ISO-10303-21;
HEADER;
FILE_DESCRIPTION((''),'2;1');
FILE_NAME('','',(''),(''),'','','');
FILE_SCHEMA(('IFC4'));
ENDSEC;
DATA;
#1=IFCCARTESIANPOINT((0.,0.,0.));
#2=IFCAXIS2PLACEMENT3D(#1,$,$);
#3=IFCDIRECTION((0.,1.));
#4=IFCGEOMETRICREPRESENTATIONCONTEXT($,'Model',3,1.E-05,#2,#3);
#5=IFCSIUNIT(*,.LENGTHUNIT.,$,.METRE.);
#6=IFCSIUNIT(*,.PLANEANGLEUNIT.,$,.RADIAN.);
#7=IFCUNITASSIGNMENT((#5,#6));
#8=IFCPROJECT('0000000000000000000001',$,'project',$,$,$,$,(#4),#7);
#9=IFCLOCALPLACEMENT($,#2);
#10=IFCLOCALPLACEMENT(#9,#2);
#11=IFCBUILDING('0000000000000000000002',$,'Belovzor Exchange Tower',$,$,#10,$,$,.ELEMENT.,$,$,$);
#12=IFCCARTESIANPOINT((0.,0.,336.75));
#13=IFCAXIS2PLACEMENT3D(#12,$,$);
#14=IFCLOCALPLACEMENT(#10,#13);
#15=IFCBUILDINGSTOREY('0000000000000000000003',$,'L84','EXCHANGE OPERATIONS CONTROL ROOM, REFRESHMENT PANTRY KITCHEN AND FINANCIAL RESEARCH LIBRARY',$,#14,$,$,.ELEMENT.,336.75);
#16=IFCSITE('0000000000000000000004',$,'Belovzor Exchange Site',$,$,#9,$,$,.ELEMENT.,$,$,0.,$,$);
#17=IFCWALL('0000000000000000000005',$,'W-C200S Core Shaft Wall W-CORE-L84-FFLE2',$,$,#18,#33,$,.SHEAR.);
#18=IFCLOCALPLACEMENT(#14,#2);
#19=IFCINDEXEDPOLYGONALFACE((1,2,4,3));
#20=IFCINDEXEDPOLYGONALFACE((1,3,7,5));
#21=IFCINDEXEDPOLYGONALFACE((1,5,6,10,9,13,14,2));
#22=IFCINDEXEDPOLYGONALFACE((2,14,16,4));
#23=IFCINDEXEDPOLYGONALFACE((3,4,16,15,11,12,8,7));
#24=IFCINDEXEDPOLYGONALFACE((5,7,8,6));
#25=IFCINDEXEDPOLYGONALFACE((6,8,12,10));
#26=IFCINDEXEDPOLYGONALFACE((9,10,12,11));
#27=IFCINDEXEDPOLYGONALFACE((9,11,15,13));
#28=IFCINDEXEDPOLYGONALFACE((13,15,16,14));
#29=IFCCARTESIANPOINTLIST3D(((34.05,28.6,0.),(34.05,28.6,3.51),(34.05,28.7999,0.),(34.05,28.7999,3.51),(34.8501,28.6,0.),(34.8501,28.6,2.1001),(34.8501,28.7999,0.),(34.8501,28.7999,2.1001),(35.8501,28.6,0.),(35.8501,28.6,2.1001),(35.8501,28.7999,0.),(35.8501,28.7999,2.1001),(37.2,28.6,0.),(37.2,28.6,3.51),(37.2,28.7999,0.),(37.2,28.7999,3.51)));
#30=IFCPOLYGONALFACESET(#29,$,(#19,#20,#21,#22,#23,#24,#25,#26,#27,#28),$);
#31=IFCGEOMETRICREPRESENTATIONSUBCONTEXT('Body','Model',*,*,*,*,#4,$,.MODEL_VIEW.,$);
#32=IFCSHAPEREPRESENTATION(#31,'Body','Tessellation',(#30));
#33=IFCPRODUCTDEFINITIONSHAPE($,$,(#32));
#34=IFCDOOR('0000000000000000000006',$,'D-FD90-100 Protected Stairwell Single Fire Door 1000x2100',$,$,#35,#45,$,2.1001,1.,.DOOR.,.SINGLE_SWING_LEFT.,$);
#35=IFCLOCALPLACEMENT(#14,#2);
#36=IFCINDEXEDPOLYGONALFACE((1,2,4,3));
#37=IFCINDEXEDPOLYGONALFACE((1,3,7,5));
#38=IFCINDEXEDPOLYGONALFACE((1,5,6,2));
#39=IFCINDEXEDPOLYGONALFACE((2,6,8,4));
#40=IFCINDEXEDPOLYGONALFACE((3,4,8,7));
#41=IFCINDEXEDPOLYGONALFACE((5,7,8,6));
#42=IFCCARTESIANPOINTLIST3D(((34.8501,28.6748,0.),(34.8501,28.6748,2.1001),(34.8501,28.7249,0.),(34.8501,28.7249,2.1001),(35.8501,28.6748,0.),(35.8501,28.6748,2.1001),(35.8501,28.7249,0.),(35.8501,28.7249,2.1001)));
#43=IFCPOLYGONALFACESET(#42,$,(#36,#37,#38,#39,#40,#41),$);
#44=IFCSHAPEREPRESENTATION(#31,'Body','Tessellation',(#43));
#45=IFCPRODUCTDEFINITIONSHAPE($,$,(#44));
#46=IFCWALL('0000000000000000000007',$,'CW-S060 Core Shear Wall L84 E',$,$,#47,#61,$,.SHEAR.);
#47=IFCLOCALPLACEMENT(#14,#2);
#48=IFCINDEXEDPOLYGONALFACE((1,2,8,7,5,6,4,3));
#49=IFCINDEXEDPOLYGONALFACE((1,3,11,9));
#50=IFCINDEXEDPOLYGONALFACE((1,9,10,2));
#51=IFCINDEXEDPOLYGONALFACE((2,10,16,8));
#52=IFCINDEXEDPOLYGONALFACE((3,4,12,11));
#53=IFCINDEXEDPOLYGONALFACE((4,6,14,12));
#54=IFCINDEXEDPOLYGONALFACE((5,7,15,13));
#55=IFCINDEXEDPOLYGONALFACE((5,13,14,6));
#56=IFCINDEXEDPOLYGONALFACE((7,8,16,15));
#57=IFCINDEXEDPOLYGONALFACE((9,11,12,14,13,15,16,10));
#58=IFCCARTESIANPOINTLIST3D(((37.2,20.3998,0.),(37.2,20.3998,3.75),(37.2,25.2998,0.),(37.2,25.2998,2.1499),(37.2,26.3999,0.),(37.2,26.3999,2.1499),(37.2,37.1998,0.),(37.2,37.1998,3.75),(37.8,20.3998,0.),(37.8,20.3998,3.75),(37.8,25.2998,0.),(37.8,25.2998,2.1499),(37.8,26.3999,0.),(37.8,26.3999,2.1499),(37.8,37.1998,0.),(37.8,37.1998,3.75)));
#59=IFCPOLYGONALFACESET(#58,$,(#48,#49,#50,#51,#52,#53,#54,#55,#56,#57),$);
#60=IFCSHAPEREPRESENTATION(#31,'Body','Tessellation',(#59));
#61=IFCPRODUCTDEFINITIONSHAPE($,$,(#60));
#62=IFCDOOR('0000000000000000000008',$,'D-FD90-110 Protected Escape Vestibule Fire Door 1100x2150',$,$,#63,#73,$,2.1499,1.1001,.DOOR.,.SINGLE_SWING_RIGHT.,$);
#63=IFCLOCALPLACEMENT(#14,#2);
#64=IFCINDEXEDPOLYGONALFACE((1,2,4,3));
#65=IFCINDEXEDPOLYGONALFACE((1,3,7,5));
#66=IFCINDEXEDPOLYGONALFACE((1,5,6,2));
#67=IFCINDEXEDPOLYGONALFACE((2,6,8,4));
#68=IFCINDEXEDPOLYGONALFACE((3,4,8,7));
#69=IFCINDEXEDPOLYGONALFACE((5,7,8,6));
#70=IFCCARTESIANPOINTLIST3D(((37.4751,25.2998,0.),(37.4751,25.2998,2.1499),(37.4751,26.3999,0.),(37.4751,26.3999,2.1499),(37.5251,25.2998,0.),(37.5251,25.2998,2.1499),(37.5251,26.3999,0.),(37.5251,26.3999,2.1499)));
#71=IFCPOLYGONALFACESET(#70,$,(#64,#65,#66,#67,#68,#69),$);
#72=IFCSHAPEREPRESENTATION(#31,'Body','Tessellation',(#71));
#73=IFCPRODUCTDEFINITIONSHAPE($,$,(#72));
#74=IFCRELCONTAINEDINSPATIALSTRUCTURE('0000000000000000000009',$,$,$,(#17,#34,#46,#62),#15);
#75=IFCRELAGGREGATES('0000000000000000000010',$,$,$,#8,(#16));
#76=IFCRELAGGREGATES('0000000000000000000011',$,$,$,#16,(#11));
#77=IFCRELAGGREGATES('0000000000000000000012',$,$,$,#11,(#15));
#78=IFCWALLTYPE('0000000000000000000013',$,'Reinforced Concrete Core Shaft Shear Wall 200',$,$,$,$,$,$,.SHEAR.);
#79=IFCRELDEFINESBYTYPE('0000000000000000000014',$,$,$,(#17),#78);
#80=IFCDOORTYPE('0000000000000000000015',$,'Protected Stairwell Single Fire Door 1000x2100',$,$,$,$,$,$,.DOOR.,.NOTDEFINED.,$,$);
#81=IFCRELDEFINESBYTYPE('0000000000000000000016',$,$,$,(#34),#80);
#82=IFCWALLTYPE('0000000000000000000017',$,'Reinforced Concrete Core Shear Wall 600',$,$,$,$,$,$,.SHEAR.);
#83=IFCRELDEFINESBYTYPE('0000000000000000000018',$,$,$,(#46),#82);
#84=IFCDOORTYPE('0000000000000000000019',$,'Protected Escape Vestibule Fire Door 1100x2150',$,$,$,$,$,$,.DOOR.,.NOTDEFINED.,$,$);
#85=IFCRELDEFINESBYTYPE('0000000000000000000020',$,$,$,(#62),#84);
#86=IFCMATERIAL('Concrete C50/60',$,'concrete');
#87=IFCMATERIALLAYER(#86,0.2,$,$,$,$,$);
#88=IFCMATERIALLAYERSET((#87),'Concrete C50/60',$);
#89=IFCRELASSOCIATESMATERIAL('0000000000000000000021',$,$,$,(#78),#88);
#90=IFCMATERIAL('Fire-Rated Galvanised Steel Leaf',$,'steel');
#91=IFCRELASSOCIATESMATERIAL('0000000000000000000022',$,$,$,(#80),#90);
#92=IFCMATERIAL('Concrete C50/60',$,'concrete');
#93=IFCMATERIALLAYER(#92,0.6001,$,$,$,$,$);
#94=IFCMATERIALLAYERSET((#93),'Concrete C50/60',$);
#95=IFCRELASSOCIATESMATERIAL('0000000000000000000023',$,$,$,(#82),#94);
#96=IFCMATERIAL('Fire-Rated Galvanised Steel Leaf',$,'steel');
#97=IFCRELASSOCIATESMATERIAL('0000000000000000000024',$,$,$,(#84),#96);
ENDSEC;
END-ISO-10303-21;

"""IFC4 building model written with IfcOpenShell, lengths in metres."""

from ifc_helpers import new_model, si_unit, direction, frame, frame_2d, origin, place, context, subcontext, project, spatial, rectangle, extrude, material, layer, layer_set, type_object, element, fill, save


model = new_model("IFC4")

# Units and contexts
model_context = context("Model", 3, precision=1e-05, world=origin(), true_north=direction((0.0, 1.0)))
body_context = subcontext(model_context, "Body", "Model", "MODEL_VIEW")
ifc_project = project(units=[si_unit("LENGTHUNIT", "METRE"), si_unit("PLANEANGLEUNIT", "RADIAN")], contexts=[model_context])

# Site, building, storey
site_placement = place(None, origin())
site = spatial("IfcSite", under=ifc_project, at=site_placement, Name="Belovzor Exchange Site", CompositionType="ELEMENT", RefElevation=0.0)
building_placement = place(site_placement, origin())
building = spatial("IfcBuilding", under=site, at=building_placement, Name="Belovzor Exchange Tower", CompositionType="ELEMENT")
storey_placement = place(building_placement, frame((0.0, 0.0, 336.75)))
storey = spatial("IfcBuildingStorey", under=building, at=storey_placement, Name="L84", Description="EXCHANGE OPERATIONS CONTROL ROOM, REFRESHMENT PANTRY KITCHEN AND FINANCIAL RESEARCH LIBRARY", CompositionType="ELEMENT", Elevation=336.75)

# Walls, openings, doors
ifc_material_1 = material(Name="Concrete C50/60", Category="concrete")
ifc_layer_1 = layer(ifc_material_1, 0.2)
ifc_layer_set_1 = layer_set([ifc_layer_1], Name="Concrete C50/60")
wall_type_1 = type_object("IfcWallType", Name="Reinforced Concrete Core Shaft Shear Wall 200", PredefinedType="SHEAR", material=ifc_layer_set_1)
wall_1_placement = place(storey_placement, frame((34.05, 28.7, 0.0), z_axis=(0.0, 0.0, 1.0), x_axis=(1.0, 0.0, 0.0)))
wall_1 = element("IfcWall", 1, at=wall_1_placement, inside=storey, type_object=wall_type_1, Name="W-C200S Core Shaft Wall W-CORE-L84-FFLE2", PredefinedType="SHEAR", context=body_context, shape_type="SweptSolid", body=[
    extrude(rectangle(XDim=3.1499, YDim=0.2, at=frame_2d((1.575, 0.0))), origin(), (0.0, 0.0, 1.0), 3.51),
])
opening_1_placement = place(wall_1_placement, frame((0.8, 0.0, 0.0)))
opening_1 = element("IfcOpeningElement", 2, at=opening_1_placement, cuts=wall_1, PredefinedType="OPENING", context=body_context, shape_type="SweptSolid", body=[
    extrude(rectangle(XDim=1.0, YDim=2.1001, at=frame_2d((0.5, 1.05))), frame((0.0, 0.1099, 0.0), z_axis=(0.0, -1.0, 0.0), x_axis=(1.0, 0.0, 0.0)), (0.0, 0.0, 1.0), 0.22),
])
ifc_material_2 = material(Name="Fire-Rated Galvanised Steel Leaf", Category="steel")
door_type_1 = type_object("IfcDoorType", Name="Protected Stairwell Single Fire Door 1000x2100", OperationType="NOTDEFINED", PredefinedType="DOOR", material=ifc_material_2)
door_1_placement = place(opening_1_placement, origin())
door_1 = element("IfcDoor", 3, at=door_1_placement, inside=storey, type_object=door_type_1, Name="D-FD90-100 Protected Stairwell Single Fire Door 1000x2100", OperationType="SINGLE_SWING_LEFT", OverallHeight=2.1001, OverallWidth=1.0, PredefinedType="DOOR", context=body_context, shape_type="SweptSolid", body=[
    extrude(rectangle(XDim=1.0, YDim=2.1001, at=frame_2d((0.5, 1.05))), frame((0.0, 0.0249, 0.0), z_axis=(0.0, -1.0, 0.0), x_axis=(1.0, 0.0, 0.0)), (0.0, 0.0, 1.0), 0.05),
])
fill(opening_1, door_1)
ifc_material_3 = material(Name="Concrete C50/60", Category="concrete")
ifc_layer_2 = layer(ifc_material_3, 0.6001)
ifc_layer_set_2 = layer_set([ifc_layer_2], Name="Concrete C50/60")
wall_type_2 = type_object("IfcWallType", Name="Reinforced Concrete Core Shear Wall 600", PredefinedType="SHEAR", material=ifc_layer_set_2)
wall_2_placement = place(storey_placement, frame((37.5, 20.3999, 0.0), z_axis=(0.0, 0.0, 1.0), x_axis=(0.0, 1.0, 0.0)))
wall_2 = element("IfcWall", 4, at=wall_2_placement, inside=storey, type_object=wall_type_2, Name="CW-S060 Core Shear Wall L84 E", PredefinedType="SHEAR", context=body_context, shape_type="SweptSolid", body=[
    extrude(rectangle(XDim=16.8, YDim=0.6001, at=frame_2d((8.3999, 0.0))), origin(), (0.0, 0.0, 1.0), 3.75),
])
opening_2_placement = place(wall_2_placement, frame((4.8999, 0.0, 0.0)))
opening_2 = element("IfcOpeningElement", 5, at=opening_2_placement, cuts=wall_2, PredefinedType="OPENING", context=body_context, shape_type="SweptSolid", body=[
    extrude(rectangle(XDim=1.1001, YDim=2.1499, at=frame_2d((0.55, 1.075))), frame((0.0, 0.3101, 0.0), z_axis=(0.0, -1.0, 0.0), x_axis=(1.0, 0.0, 0.0)), (0.0, 0.0, 1.0), 0.6201),
])
ifc_material_4 = material(Name="Fire-Rated Galvanised Steel Leaf", Category="steel")
door_type_2 = type_object("IfcDoorType", Name="Protected Escape Vestibule Fire Door 1100x2150", OperationType="NOTDEFINED", PredefinedType="DOOR", material=ifc_material_4)
door_2_placement = place(opening_2_placement, origin())
door_2 = element("IfcDoor", 6, at=door_2_placement, inside=storey, type_object=door_type_2, Name="D-FD90-110 Protected Escape Vestibule Fire Door 1100x2150", OperationType="SINGLE_SWING_RIGHT", OverallHeight=2.1499, OverallWidth=1.1001, PredefinedType="DOOR", context=body_context, shape_type="SweptSolid", body=[
    extrude(rectangle(XDim=1.1001, YDim=2.1499, at=frame_2d((0.55, 1.075))), frame((0.0, 0.0249, 0.0), z_axis=(0.0, -1.0, 0.0), x_axis=(1.0, 0.0, 0.0)), (0.0, 0.0, 1.0), 0.05),
])
fill(opening_2, door_2)

save(model, "model.ifc")
